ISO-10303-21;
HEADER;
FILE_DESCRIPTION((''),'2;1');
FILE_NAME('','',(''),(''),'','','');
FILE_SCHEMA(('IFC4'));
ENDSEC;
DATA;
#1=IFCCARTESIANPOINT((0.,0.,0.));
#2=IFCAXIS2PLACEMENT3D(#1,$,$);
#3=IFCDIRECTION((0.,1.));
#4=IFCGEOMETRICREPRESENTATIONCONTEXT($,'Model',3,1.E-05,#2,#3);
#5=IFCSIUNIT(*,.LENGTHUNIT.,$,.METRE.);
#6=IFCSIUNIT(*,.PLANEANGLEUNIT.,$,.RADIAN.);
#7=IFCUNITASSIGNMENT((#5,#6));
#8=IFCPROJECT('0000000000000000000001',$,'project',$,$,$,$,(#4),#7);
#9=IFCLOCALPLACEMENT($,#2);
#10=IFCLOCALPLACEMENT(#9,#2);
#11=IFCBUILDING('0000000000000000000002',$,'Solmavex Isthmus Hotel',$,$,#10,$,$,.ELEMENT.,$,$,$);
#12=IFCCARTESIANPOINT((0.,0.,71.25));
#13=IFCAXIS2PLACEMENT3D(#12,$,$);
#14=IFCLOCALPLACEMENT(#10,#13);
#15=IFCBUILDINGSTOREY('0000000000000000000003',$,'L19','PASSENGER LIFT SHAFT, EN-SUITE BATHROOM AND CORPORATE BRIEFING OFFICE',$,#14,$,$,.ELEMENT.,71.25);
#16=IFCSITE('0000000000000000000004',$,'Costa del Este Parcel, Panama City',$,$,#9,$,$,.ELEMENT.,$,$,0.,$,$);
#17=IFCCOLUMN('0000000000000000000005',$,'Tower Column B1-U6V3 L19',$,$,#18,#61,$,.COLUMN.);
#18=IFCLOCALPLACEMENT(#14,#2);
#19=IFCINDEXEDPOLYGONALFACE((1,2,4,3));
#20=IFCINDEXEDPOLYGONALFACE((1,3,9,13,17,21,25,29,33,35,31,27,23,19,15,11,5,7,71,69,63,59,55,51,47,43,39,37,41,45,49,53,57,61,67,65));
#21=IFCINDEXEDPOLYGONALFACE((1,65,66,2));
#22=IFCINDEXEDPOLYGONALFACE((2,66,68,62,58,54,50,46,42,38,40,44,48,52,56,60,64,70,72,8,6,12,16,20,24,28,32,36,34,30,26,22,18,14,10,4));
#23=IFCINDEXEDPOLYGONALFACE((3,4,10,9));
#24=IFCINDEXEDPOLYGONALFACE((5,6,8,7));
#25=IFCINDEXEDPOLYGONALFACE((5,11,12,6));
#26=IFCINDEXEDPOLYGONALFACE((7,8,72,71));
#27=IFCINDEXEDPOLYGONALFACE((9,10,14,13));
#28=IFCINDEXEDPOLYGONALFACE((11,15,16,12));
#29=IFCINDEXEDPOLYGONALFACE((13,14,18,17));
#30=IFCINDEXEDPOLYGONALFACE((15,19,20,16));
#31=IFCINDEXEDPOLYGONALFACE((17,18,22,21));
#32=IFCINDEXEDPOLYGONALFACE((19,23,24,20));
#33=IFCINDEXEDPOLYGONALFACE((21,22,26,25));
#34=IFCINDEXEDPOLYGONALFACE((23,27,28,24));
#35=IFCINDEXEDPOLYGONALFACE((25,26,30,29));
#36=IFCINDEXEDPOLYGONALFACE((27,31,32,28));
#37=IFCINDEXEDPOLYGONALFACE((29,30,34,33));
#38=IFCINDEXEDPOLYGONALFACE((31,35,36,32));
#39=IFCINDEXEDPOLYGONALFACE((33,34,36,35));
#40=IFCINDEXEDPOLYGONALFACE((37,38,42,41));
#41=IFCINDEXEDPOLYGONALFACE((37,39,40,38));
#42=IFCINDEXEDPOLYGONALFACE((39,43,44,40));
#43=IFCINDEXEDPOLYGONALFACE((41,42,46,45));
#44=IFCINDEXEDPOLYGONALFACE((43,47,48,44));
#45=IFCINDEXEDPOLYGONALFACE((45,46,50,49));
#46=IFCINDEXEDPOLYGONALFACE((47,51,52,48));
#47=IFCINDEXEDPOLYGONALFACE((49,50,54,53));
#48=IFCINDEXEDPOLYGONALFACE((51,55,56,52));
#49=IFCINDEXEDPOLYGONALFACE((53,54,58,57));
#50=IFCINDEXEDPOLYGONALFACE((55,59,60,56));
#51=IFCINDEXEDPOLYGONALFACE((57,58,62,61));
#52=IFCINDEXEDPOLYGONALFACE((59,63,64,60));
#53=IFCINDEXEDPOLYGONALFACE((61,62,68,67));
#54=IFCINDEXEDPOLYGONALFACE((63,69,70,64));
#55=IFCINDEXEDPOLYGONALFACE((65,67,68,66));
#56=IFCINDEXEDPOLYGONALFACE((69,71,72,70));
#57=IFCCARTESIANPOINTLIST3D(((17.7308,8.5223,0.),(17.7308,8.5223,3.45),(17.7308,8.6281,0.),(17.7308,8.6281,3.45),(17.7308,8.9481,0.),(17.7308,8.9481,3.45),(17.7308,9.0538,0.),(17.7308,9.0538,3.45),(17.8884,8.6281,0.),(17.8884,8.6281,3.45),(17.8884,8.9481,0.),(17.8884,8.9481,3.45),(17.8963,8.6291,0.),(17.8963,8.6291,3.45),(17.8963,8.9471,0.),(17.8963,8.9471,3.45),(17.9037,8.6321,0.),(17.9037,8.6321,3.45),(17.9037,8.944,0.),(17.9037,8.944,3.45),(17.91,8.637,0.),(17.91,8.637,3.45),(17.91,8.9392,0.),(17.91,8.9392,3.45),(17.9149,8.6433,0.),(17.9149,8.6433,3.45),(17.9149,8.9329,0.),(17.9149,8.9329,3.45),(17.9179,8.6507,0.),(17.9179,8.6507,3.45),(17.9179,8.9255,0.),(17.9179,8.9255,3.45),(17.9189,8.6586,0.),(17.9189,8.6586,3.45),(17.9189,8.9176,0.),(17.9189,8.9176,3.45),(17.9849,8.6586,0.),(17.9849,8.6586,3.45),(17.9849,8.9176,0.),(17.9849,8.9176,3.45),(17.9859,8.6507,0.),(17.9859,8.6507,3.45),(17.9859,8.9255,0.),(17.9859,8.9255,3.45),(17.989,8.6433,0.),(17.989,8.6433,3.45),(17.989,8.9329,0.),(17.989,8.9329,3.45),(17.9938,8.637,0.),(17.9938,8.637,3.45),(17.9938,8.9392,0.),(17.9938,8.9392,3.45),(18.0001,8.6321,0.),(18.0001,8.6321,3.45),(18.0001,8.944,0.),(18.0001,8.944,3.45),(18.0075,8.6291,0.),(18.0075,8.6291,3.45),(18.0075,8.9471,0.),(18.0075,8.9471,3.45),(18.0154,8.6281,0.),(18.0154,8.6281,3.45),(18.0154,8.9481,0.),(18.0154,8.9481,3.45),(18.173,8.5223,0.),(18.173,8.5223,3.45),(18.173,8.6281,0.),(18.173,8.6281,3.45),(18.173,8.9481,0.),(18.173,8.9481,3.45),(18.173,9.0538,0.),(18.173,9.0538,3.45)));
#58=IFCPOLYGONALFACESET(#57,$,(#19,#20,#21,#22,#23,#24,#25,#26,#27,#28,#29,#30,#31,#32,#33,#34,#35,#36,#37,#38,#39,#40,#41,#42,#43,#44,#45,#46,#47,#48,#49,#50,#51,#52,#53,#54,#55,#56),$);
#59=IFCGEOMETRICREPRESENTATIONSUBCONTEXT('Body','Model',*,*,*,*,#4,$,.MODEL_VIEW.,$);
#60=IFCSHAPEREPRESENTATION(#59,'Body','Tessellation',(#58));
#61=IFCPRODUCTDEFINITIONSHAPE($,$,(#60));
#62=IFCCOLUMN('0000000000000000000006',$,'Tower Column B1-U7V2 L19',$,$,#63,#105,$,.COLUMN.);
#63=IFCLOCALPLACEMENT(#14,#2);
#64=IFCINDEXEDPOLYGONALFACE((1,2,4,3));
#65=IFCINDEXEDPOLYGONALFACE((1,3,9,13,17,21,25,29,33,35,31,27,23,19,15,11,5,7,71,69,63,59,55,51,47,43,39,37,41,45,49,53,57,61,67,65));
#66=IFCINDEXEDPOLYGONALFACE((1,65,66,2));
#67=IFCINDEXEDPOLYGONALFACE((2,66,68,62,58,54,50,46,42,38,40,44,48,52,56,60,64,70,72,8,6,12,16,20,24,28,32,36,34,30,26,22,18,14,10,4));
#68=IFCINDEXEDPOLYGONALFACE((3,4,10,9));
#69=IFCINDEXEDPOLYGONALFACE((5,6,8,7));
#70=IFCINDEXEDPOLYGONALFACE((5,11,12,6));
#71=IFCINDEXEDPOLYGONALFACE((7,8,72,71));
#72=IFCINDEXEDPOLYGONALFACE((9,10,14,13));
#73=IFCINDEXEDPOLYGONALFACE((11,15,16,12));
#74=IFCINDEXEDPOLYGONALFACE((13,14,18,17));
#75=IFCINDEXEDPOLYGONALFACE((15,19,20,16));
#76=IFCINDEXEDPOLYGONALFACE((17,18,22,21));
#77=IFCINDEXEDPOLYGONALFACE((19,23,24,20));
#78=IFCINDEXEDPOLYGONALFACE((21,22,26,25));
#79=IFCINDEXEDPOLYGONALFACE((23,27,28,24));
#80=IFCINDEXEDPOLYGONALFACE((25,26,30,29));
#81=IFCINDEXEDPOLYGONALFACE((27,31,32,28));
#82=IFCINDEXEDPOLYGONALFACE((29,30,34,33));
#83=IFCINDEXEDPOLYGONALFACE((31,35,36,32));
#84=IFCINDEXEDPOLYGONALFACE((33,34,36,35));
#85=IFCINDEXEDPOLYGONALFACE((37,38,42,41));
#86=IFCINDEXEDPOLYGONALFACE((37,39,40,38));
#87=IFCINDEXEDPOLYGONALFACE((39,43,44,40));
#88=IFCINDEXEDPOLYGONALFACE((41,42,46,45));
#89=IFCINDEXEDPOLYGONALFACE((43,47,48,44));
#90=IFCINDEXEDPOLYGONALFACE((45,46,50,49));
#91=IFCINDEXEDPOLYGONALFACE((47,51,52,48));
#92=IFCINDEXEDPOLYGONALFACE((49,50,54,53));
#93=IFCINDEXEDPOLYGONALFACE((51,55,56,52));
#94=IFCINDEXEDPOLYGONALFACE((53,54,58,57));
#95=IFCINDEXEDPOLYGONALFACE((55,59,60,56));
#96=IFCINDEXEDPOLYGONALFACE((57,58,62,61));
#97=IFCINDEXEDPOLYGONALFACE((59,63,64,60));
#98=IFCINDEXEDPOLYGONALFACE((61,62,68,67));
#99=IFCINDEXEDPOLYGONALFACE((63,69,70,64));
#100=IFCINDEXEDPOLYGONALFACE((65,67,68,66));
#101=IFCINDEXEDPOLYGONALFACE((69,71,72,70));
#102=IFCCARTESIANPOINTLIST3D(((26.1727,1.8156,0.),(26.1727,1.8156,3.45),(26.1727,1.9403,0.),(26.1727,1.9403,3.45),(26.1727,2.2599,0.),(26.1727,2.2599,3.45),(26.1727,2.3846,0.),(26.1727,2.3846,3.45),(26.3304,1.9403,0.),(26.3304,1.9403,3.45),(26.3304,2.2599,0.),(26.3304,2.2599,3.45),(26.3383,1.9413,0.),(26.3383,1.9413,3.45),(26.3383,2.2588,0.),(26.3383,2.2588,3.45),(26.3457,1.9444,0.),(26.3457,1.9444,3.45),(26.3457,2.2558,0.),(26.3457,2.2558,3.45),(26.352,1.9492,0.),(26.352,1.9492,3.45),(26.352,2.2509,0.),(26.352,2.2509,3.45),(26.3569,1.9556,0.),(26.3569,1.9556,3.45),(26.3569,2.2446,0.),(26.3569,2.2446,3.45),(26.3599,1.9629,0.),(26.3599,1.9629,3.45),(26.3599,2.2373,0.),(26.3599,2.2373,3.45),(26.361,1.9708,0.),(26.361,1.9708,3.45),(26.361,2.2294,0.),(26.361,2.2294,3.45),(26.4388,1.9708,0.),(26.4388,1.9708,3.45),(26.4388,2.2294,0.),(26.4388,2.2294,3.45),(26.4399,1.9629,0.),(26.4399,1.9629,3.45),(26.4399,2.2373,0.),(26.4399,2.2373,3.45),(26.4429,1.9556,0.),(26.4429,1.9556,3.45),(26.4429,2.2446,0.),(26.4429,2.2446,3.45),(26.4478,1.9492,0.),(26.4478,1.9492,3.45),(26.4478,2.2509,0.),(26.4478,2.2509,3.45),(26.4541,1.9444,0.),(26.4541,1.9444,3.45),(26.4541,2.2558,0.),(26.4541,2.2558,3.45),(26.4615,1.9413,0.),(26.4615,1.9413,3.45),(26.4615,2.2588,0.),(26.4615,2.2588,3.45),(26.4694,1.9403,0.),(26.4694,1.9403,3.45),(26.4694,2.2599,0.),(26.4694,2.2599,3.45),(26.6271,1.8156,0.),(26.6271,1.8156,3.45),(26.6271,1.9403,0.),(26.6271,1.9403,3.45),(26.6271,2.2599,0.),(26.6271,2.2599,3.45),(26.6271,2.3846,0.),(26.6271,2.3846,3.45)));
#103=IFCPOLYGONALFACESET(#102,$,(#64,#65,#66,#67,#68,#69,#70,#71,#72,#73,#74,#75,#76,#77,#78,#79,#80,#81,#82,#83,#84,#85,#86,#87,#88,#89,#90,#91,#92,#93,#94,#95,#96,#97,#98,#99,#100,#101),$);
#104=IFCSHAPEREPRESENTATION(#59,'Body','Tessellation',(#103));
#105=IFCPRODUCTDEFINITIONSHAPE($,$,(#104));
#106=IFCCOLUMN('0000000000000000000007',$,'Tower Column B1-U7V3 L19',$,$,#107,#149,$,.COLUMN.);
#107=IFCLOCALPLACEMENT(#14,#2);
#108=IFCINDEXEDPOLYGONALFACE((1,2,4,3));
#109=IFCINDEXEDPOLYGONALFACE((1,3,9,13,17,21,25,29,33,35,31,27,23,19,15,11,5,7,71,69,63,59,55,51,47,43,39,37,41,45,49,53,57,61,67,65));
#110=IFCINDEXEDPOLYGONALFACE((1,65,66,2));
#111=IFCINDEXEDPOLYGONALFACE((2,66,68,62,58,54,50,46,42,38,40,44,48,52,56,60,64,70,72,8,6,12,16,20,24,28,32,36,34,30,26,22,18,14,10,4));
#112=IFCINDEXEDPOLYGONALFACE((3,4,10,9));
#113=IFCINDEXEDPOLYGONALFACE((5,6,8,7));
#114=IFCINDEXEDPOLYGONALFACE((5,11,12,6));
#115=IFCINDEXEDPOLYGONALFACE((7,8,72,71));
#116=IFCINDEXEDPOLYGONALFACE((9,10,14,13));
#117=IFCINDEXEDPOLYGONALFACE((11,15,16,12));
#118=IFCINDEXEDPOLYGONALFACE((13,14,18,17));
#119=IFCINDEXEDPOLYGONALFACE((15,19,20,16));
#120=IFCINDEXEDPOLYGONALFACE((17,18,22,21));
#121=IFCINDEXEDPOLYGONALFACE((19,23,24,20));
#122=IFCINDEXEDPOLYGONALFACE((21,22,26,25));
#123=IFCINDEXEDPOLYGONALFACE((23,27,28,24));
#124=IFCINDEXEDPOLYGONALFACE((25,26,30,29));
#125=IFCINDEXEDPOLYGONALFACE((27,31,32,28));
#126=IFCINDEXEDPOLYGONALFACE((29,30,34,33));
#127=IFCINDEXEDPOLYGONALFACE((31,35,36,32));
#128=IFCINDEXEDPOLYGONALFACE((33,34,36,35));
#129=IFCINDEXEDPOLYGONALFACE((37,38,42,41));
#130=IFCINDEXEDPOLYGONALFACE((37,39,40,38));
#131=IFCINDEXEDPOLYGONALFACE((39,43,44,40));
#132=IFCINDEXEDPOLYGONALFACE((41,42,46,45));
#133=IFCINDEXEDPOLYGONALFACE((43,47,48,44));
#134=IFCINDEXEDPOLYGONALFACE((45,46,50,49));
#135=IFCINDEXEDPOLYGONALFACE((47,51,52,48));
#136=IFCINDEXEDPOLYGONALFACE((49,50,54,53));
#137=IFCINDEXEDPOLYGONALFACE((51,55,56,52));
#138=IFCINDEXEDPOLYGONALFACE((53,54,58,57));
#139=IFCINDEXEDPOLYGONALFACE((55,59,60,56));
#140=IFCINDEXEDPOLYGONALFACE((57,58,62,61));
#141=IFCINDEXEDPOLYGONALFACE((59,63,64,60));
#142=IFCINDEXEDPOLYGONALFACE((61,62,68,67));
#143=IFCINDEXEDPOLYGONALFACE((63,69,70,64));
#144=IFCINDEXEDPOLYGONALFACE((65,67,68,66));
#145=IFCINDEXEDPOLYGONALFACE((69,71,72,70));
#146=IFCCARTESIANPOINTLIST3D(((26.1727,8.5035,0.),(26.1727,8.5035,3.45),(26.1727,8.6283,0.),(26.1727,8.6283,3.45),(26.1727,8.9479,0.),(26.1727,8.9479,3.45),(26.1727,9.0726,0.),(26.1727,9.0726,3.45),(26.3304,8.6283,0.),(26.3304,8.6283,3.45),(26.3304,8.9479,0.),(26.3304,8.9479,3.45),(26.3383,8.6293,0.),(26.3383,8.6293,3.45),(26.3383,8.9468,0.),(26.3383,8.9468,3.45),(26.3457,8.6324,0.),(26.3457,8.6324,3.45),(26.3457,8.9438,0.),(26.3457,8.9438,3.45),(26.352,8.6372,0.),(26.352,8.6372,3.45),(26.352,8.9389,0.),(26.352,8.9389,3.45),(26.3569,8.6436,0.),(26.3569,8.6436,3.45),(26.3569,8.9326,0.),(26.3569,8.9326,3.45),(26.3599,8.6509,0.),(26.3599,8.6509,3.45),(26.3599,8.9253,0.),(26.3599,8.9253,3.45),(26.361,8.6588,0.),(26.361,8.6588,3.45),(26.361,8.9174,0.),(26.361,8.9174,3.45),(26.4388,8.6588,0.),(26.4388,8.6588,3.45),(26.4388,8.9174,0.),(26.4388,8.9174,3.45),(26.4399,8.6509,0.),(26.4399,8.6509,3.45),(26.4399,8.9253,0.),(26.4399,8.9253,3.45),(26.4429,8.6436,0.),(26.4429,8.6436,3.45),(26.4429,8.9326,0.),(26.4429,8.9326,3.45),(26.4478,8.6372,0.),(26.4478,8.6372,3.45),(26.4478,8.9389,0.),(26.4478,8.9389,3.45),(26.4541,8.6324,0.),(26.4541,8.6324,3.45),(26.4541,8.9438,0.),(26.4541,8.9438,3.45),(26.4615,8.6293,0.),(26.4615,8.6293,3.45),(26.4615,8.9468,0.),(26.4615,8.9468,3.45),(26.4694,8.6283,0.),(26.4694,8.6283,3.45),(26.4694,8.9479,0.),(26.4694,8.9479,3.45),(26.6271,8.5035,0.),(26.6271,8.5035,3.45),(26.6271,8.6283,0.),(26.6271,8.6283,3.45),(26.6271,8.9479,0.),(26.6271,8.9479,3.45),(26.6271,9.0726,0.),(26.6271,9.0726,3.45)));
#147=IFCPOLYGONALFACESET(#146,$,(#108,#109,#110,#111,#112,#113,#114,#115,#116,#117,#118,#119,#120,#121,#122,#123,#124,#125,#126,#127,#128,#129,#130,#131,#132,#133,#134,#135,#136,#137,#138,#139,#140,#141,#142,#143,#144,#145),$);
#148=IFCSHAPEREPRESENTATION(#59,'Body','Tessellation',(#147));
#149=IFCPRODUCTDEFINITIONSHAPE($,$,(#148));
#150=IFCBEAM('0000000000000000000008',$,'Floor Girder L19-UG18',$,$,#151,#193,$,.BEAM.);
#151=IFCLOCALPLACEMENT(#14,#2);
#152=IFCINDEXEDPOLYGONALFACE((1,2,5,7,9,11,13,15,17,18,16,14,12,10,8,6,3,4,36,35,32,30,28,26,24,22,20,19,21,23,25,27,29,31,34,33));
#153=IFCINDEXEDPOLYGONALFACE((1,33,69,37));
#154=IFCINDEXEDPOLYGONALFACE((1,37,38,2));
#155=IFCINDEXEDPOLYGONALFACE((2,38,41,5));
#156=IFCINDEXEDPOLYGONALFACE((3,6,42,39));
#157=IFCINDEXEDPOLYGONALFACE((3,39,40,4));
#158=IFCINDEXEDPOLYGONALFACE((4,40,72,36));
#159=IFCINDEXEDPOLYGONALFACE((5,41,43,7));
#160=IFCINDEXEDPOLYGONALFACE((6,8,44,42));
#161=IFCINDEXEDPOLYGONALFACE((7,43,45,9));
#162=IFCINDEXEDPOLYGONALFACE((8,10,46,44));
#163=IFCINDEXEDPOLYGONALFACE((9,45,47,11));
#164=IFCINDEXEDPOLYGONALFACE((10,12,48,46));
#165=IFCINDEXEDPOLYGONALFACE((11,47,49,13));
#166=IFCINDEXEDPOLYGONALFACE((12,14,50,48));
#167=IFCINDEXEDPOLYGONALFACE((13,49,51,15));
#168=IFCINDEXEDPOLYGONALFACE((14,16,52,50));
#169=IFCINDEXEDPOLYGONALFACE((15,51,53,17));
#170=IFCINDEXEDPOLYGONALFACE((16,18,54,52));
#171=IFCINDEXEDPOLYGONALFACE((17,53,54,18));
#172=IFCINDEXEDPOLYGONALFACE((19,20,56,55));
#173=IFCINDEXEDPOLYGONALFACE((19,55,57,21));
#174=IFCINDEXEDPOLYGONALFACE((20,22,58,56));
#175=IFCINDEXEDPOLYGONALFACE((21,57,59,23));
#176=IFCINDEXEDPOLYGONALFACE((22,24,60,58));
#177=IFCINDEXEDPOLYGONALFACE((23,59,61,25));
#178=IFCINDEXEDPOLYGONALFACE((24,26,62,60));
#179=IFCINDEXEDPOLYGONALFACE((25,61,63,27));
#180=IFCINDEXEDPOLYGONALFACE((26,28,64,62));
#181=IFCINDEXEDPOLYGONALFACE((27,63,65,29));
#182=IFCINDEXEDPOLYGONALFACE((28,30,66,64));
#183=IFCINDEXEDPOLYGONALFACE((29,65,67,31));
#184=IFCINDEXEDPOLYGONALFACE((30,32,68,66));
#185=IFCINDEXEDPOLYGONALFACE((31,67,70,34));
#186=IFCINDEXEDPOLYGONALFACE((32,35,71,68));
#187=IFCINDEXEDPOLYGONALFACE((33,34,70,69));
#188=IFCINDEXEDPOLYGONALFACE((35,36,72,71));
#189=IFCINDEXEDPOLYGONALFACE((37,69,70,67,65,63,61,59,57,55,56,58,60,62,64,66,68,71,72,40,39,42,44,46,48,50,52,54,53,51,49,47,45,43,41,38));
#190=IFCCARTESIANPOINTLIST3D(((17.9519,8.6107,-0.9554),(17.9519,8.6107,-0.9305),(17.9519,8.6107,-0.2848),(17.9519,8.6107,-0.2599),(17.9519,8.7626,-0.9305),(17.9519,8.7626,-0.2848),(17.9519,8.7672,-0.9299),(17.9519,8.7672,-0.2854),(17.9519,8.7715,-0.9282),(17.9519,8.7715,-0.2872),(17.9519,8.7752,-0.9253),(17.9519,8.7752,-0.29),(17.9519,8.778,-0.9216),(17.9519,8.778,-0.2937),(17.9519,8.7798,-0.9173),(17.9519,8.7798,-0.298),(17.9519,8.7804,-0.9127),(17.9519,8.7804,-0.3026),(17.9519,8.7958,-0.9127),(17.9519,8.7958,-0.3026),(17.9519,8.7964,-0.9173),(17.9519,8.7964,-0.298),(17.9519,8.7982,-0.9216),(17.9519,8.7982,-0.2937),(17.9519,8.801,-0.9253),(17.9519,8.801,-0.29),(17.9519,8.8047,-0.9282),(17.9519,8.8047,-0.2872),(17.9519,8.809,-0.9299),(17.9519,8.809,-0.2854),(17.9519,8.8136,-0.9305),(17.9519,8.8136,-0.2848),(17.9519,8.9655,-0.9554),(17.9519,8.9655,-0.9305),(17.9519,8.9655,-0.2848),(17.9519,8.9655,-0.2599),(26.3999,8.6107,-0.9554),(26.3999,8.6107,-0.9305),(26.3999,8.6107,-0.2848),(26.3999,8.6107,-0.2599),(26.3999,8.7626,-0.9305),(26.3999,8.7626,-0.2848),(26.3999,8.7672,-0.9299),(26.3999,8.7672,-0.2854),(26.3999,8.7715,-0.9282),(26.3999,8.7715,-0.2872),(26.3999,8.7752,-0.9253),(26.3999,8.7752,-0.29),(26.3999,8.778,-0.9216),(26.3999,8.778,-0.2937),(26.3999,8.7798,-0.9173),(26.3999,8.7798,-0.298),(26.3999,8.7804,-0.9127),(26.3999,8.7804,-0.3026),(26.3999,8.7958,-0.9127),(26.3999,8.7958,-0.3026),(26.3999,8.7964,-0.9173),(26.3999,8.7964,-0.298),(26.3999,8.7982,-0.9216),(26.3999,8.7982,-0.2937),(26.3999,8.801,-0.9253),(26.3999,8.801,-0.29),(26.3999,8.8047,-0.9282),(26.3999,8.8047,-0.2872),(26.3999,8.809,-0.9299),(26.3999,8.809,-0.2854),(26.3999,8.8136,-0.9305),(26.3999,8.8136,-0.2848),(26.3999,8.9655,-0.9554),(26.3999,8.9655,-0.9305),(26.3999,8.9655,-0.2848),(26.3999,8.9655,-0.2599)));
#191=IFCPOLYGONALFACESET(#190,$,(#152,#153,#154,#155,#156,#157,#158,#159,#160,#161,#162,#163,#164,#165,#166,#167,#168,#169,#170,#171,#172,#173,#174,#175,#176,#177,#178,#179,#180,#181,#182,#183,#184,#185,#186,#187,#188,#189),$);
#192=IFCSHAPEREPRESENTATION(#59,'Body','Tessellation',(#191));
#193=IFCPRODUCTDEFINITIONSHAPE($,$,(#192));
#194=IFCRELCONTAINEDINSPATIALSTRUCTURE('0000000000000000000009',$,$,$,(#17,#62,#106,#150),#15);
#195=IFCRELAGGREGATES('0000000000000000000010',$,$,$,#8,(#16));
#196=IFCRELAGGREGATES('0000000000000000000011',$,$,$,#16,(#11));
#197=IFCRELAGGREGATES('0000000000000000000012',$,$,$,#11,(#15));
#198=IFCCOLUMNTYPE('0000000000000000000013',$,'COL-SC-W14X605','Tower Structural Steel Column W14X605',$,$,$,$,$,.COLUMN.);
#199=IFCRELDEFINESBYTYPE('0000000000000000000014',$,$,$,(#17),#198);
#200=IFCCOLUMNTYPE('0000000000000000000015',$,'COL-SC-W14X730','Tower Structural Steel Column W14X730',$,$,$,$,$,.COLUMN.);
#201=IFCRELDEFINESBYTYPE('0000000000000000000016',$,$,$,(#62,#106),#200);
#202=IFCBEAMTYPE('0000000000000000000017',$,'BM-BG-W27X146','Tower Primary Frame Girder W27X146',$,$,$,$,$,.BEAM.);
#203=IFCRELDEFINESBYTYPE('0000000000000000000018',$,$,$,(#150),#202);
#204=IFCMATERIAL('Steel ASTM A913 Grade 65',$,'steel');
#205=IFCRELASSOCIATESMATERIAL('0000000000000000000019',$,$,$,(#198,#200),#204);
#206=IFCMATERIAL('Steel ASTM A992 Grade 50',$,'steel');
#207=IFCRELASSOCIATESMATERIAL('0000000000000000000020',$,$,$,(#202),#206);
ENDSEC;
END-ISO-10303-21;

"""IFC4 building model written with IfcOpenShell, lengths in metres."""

from ifc_helpers import new_model, si_unit, direction, frame, origin, origin_2d, place, context, subcontext, project, spatial, i_section, extrude, material, material_profile, profile_set, type_object, element, save


model = new_model("IFC4")

# Units and contexts
model_context = context("Model", 3, precision=1e-05, world=origin(), true_north=direction((0.0, 1.0)))
body_context = subcontext(model_context, "Body", "Model", "MODEL_VIEW")
ifc_project = project(units=[si_unit("LENGTHUNIT", "METRE"), si_unit("PLANEANGLEUNIT", "RADIAN")], contexts=[model_context])

# Site, building, storey
site_placement = place(None, origin())
site = spatial("IfcSite", under=ifc_project, at=site_placement, Name="Costa del Este Parcel, Panama City", CompositionType="ELEMENT", RefElevation=0.0)
building_placement = place(site_placement, origin())
building = spatial("IfcBuilding", under=site, at=building_placement, Name="Solmavex Isthmus Hotel", CompositionType="ELEMENT")
storey_placement = place(building_placement, frame((0.0, 0.0, 71.25)))
storey = spatial("IfcBuildingStorey", under=building, at=storey_placement, Name="L19", Description="PASSENGER LIFT SHAFT, EN-SUITE BATHROOM AND CORPORATE BRIEFING OFFICE", CompositionType="ELEMENT", Elevation=71.25)

# Columns
ifc_material_1 = material(Name="Steel ASTM A913 Grade 65", Category="steel")
ifc_material_profile_1 = material_profile(ifc_material_1, i_section(OverallWidth=0.4421, OverallDepth=0.5315, WebThickness=0.0659, FlangeThickness=0.1057, FilletRadius=0.0305, at=origin_2d()), Name="W14X605")
ifc_profile_set_1 = profile_set([ifc_material_profile_1], Name="Steel ASTM A913 Grade 65")
column_type_1 = type_object("IfcColumnType", Name="COL-SC-W14X605", Description="Tower Structural Steel Column W14X605", PredefinedType="COLUMN", material=ifc_profile_set_1)
column_placement = place(storey_placement, frame((17.9519, 8.7881, 0.0), z_axis=(0.0, 0.0, 1.0), x_axis=(1.0, 0.0, 0.0)))
element("IfcColumn", 1, at=column_placement, inside=storey, type_object=column_type_1, Name="Tower Column B1-U6V3 L19", PredefinedType="COLUMN", context=body_context, shape_type="SweptSolid", body=[
    extrude(i_section(OverallWidth=0.4421, OverallDepth=0.5315, WebThickness=0.0659, FlangeThickness=0.1057, FilletRadius=0.0305, at=origin_2d()), origin(), (0.0, 0.0, 1.0), 3.45),
])
ifc_material_profile_2 = material_profile(ifc_material_1, i_section(OverallWidth=0.4543, OverallDepth=0.5691, WebThickness=0.0779, FlangeThickness=0.1248, FilletRadius=0.0305, at=origin_2d()), Name="W14X730")
ifc_profile_set_2 = profile_set([ifc_material_profile_2], Name="Steel ASTM A913 Grade 65")
column_type_2 = type_object("IfcColumnType", Name="COL-SC-W14X730", Description="Tower Structural Steel Column W14X730", PredefinedType="COLUMN", material=ifc_profile_set_2)
for number, where, z_axis, x_axis, name in (
    (2, (26.3999, 2.1001, 0.0), (0.0, 0.0, 1.0), (1.0, 0.0, 0.0), "Tower Column B1-U7V2 L19"),
    (3, (26.3999, 8.7881, 0.0), (0.0, 0.0, 1.0), (1.0, 0.0, 0.0), "Tower Column B1-U7V3 L19"),
):
    element("IfcColumn", number, at=place(storey_placement, frame(where, z_axis=z_axis, x_axis=x_axis)), inside=storey, type_object=column_type_2, Name=name, PredefinedType="COLUMN", context=body_context, shape_type="SweptSolid", body=[
        extrude(i_section(OverallWidth=0.4543, OverallDepth=0.5691, WebThickness=0.0779, FlangeThickness=0.1248, FilletRadius=0.0305, at=origin_2d()), origin(), (0.0, 0.0, 1.0), 3.45),
    ])

# Beam
ifc_material_2 = material(Name="Steel ASTM A992 Grade 50", Category="steel")
ifc_material_profile_3 = material_profile(ifc_material_2, i_section(OverallWidth=0.3547, OverallDepth=0.6956, WebThickness=0.0154, FlangeThickness=0.0249, FilletRadius=0.0178, at=origin_2d()), Name="W27X146")
ifc_profile_set_3 = profile_set([ifc_material_profile_3], Name="Steel ASTM A992 Grade 50")
beam_type_1 = type_object("IfcBeamType", Name="BM-BG-W27X146", Description="Tower Primary Frame Girder W27X146", PredefinedType="BEAM", material=ifc_profile_set_3)
beam_1_placement = place(storey_placement, frame((17.9519, 8.7881, -0.6077), z_axis=(1.0, 0.0, 0.0), x_axis=(0.0, 1.0, 0.0)))
element("IfcBeam", 4, at=beam_1_placement, inside=storey, type_object=beam_type_1, Name="Floor Girder L19-UG18", PredefinedType="BEAM", context=body_context, shape_type="SweptSolid", body=[
    extrude(i_section(OverallWidth=0.3547, OverallDepth=0.6956, WebThickness=0.0154, FlangeThickness=0.0249, FilletRadius=0.0178, at=origin_2d()), origin(), (0.0, 0.0, 1.0), 8.448),
])

save(model, "model.ifc")
